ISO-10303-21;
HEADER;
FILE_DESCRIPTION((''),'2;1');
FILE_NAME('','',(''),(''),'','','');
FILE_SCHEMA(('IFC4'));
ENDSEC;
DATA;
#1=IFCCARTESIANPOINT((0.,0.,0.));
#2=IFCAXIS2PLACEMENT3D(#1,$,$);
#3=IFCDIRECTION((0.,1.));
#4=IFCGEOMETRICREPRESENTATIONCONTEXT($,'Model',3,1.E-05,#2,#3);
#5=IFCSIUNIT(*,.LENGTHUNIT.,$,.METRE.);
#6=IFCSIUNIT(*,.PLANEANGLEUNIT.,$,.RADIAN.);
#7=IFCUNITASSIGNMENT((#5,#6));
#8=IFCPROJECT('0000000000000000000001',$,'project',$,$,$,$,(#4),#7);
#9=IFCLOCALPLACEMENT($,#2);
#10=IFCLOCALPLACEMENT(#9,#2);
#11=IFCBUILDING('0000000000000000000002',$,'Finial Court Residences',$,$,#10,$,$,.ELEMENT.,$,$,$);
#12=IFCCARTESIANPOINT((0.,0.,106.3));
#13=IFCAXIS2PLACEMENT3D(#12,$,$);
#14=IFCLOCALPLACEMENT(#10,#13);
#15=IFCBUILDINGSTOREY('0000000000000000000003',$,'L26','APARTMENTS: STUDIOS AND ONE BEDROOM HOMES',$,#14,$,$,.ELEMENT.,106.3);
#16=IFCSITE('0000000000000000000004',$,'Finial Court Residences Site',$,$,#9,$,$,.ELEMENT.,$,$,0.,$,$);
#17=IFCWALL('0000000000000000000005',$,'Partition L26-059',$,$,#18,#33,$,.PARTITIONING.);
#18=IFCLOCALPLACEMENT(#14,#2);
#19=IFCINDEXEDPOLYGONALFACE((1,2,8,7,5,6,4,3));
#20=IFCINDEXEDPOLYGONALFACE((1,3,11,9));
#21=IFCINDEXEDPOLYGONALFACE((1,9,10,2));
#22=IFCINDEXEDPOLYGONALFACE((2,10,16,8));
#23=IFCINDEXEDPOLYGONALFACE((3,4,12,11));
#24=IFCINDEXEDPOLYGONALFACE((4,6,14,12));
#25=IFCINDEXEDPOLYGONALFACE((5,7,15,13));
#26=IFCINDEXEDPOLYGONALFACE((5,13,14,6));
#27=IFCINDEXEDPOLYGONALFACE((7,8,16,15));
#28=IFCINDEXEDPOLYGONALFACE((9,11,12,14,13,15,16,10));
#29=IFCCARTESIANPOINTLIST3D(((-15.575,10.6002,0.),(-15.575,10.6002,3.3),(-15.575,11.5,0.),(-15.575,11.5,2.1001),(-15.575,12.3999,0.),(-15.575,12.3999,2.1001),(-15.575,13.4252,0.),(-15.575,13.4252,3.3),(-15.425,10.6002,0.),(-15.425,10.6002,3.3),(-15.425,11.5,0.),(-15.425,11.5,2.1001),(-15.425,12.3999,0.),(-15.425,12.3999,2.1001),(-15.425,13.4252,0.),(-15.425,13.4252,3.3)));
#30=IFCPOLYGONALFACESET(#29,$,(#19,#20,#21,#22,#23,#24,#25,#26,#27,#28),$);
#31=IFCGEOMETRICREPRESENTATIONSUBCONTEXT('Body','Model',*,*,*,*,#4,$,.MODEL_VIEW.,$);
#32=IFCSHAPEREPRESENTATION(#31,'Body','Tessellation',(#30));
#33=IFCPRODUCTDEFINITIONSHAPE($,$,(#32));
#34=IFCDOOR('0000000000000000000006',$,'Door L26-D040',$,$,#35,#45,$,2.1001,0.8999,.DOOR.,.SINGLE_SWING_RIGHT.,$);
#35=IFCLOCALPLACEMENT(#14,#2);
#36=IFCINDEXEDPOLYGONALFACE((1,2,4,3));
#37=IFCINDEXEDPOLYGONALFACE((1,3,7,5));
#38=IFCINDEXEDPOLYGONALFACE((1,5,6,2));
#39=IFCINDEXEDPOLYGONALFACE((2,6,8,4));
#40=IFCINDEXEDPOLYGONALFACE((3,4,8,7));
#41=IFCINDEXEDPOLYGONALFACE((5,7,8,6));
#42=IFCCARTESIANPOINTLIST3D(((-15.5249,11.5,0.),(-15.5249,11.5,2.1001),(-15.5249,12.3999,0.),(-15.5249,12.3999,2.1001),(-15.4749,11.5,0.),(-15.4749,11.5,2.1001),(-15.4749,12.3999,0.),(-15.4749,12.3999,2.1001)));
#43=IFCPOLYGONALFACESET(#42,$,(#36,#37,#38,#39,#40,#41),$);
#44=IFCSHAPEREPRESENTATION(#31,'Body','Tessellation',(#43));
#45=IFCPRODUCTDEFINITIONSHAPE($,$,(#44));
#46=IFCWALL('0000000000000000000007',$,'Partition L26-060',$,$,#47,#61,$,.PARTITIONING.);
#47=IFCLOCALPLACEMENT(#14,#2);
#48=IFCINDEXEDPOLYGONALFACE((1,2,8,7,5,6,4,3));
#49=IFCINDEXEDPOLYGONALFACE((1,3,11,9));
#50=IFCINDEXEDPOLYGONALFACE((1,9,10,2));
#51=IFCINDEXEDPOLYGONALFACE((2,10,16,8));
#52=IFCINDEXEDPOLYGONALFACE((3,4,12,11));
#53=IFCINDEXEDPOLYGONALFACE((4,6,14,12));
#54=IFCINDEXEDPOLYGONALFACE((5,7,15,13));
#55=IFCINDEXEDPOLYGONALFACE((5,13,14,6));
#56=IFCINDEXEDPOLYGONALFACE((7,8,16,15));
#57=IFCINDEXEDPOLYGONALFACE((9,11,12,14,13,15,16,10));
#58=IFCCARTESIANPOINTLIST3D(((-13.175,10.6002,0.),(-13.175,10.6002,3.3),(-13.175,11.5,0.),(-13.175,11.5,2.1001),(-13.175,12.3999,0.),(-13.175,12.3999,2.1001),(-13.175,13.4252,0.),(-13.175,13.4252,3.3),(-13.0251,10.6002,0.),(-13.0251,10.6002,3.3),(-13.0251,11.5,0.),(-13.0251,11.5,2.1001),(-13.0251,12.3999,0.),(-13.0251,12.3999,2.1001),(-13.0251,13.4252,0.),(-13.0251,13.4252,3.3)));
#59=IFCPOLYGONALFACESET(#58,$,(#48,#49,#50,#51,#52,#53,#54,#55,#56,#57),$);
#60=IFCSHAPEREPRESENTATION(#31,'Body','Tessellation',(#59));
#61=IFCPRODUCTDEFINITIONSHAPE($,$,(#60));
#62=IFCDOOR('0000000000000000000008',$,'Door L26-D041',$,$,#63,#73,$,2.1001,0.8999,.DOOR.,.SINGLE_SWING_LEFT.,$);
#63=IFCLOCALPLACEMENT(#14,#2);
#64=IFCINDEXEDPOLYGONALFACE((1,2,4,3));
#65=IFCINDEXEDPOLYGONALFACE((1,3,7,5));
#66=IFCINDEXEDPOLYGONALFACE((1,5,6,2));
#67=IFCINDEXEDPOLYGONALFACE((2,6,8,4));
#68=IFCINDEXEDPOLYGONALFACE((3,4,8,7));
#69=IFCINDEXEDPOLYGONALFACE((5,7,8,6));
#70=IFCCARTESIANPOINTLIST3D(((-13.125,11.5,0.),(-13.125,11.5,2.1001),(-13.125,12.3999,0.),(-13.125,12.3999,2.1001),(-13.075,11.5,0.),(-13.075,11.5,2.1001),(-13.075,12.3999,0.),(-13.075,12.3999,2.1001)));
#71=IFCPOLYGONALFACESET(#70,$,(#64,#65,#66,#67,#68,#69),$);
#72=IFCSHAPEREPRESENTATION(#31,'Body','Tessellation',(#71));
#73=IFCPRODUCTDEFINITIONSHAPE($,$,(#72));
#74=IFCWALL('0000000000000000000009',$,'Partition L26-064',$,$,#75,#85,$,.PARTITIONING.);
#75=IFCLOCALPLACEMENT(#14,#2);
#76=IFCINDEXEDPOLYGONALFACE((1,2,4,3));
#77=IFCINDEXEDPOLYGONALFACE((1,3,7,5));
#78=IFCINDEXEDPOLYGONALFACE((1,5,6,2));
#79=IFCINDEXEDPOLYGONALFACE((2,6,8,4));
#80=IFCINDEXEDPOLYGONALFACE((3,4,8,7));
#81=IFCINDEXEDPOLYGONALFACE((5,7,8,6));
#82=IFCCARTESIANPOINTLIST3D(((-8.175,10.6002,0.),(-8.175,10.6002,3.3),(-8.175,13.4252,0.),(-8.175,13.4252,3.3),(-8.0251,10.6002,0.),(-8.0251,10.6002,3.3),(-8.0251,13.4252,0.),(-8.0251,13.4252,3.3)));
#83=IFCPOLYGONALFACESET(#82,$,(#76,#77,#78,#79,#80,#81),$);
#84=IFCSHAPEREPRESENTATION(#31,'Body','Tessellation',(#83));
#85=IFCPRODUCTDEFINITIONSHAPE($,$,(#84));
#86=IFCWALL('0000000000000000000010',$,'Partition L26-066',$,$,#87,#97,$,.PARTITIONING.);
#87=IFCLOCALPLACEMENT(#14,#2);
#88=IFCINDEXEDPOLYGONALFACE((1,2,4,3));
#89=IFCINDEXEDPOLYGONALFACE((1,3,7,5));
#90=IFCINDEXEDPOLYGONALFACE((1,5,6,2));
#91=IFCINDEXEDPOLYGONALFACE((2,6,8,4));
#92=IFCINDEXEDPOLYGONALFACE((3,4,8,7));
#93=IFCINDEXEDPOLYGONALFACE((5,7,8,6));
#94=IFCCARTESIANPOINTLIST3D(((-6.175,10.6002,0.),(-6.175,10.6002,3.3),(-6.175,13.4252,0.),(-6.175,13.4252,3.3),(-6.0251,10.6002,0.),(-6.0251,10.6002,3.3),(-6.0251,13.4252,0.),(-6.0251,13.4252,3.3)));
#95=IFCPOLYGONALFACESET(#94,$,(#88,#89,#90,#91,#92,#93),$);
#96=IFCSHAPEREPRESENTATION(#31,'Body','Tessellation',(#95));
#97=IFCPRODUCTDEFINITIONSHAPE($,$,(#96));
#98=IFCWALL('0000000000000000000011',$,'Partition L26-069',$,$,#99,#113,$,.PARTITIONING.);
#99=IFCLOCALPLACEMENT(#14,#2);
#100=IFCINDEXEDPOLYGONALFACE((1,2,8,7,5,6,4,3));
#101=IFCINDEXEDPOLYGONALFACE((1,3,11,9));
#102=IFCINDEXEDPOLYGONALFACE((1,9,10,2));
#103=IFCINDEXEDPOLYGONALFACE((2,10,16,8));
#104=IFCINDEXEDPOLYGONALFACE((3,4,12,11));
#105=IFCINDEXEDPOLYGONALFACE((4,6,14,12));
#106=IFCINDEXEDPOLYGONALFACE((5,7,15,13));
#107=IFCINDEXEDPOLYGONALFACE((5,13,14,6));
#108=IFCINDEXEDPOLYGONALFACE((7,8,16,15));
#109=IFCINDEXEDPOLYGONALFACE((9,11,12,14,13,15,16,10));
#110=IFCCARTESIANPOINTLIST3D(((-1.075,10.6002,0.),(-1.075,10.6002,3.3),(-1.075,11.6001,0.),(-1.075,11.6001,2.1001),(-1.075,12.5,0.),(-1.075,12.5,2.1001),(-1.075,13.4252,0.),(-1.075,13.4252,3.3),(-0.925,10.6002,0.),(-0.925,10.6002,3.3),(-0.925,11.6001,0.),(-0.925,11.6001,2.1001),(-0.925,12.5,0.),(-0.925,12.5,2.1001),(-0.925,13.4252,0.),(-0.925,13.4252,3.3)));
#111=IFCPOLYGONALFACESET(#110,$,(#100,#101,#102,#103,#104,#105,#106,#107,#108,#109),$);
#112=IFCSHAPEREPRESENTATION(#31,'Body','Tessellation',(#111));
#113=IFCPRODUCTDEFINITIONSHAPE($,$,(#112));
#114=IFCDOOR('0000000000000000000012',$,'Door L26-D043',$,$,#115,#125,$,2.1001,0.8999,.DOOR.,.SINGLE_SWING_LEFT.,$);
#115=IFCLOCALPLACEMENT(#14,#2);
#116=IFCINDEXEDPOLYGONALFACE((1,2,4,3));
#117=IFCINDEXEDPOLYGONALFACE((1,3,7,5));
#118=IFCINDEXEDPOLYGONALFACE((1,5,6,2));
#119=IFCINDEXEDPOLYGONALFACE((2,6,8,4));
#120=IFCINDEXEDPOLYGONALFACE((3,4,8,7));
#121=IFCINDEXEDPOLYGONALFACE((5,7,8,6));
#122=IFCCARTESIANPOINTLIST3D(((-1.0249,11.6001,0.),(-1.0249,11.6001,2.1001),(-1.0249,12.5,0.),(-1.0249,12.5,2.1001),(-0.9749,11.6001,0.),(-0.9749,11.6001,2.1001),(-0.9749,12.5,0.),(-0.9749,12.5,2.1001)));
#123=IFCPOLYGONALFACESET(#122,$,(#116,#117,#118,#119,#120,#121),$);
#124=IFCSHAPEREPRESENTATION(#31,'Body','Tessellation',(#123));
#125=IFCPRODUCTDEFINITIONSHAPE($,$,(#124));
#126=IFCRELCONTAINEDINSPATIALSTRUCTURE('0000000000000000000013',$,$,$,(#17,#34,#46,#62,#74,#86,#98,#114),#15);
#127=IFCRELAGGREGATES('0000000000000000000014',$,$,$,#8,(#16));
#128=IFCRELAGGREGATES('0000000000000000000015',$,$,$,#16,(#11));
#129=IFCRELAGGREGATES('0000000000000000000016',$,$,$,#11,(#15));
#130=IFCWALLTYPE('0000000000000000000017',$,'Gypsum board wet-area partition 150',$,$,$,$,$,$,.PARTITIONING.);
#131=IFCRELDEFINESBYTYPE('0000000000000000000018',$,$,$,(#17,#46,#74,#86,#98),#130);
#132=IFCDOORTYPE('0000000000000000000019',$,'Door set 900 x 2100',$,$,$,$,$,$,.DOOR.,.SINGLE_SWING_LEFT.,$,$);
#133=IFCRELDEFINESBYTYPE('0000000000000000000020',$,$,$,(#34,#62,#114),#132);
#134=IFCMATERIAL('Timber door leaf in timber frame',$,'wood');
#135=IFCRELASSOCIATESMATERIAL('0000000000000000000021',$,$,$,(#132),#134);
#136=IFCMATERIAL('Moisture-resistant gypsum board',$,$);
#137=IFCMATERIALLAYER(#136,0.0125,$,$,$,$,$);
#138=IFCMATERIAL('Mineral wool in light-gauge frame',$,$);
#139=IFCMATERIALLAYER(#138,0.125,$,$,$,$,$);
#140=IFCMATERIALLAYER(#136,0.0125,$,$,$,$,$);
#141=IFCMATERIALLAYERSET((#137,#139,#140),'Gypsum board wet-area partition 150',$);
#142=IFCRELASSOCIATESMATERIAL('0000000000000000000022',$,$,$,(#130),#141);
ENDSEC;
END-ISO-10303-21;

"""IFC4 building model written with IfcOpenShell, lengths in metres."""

from ifc_helpers import new_model, si_unit, direction, frame, frame_2d, origin, place, context, subcontext, project, spatial, rectangle, extrude, material, layer, layer_set, type_object, element, fill, save


model = new_model("IFC4")

# Units and contexts
model_context = context("Model", 3, precision=1e-05, world=origin(), true_north=direction((0.0, 1.0)))
body_context = subcontext(model_context, "Body", "Model", "MODEL_VIEW")
ifc_project = project(units=[si_unit("LENGTHUNIT", "METRE"), si_unit("PLANEANGLEUNIT", "RADIAN")], contexts=[model_context])

# Site, building, storey
site_placement = place(None, origin())
site = spatial("IfcSite", under=ifc_project, at=site_placement, Name="Finial Court Residences Site", CompositionType="ELEMENT", RefElevation=0.0)
building_placement = place(site_placement, origin())
building = spatial("IfcBuilding", under=site, at=building_placement, Name="Finial Court Residences", CompositionType="ELEMENT")
storey_placement = place(building_placement, frame((0.0, 0.0, 106.3)))
storey = spatial("IfcBuildingStorey", under=building, at=storey_placement, Name="L26", Description="APARTMENTS: STUDIOS AND ONE BEDROOM HOMES", CompositionType="ELEMENT", Elevation=106.3)

# Shared definitions
ifc_material_1 = material(Name="Mineral wool in light-gauge frame")

# Shared definitions
ifc_material_2 = material(Name="Timber door leaf in timber frame", Category="wood")
door_type_1 = type_object("IfcDoorType", Name="Door set 900 x 2100", OperationType="SINGLE_SWING_LEFT", PredefinedType="DOOR", material=ifc_material_2)
ifc_material_3 = material(Name="Moisture-resistant gypsum board")
ifc_layer_1 = layer(ifc_material_3, 0.0125)
ifc_layer_2 = layer(ifc_material_1, 0.125)
ifc_layer_3 = layer(ifc_material_3, 0.0125)
ifc_layer_set_1 = layer_set([ifc_layer_1, ifc_layer_2, ifc_layer_3], Name="Gypsum board wet-area partition 150")
wall_type_1 = type_object("IfcWallType", Name="Gypsum board wet-area partition 150", PredefinedType="PARTITIONING", material=ifc_layer_set_1)

# Walls, openings, doors
wall_1_placement = place(storey_placement, frame((-15.5, 10.6001, 0.0), z_axis=(0.0, 0.0, 1.0), x_axis=(0.0, 1.0, 0.0)))
wall_1 = element("IfcWall", 1, at=wall_1_placement, inside=storey, type_object=wall_type_1, Name="Partition L26-059", PredefinedType="PARTITIONING", context=body_context, shape_type="SweptSolid", body=[
    extrude(rectangle(XDim=2.825, YDim=0.1499, at=frame_2d((1.4126, 0.0))), origin(), (0.0, 0.0, 1.0), 3.3),
])
opening_1_placement = place(wall_1_placement, frame((0.8999, 0.0, 0.0)))
opening_1 = element("IfcOpeningElement", 2, at=opening_1_placement, cuts=wall_1, PredefinedType="OPENING", context=body_context, shape_type="SweptSolid", body=[
    extrude(rectangle(XDim=0.8999, YDim=2.1001, at=frame_2d((0.45, 1.05))), frame((0.0, 0.085, 0.0), z_axis=(0.0, -1.0, 0.0), x_axis=(1.0, 0.0, 0.0)), (0.0, 0.0, 1.0), 0.1699),
])
door_1_placement = place(opening_1_placement, origin())
door_1 = element("IfcDoor", 3, at=door_1_placement, inside=storey, type_object=door_type_1, Name="Door L26-D040", OperationType="SINGLE_SWING_RIGHT", OverallHeight=2.1001, OverallWidth=0.8999, PredefinedType="DOOR", context=body_context, shape_type="SweptSolid", body=[
    extrude(rectangle(XDim=0.8999, YDim=2.1001, at=frame_2d((0.45, 1.05))), frame((0.0, 0.0249, 0.0), z_axis=(0.0, -1.0, 0.0), x_axis=(1.0, 0.0, 0.0)), (0.0, 0.0, 1.0), 0.05),
])
fill(opening_1, door_1)
wall_2_placement = place(storey_placement, frame((-13.1001, 10.6001, 0.0), z_axis=(0.0, 0.0, 1.0), x_axis=(0.0, 1.0, 0.0)))
wall_2 = element("IfcWall", 4, at=wall_2_placement, inside=storey, type_object=wall_type_1, Name="Partition L26-060", PredefinedType="PARTITIONING", context=body_context, shape_type="SweptSolid", body=[
    extrude(rectangle(XDim=2.825, YDim=0.1499, at=frame_2d((1.4126, 0.0))), origin(), (0.0, 0.0, 1.0), 3.3),
])
opening_2_placement = place(wall_2_placement, frame((0.8999, 0.0, 0.0)))
opening_2 = element("IfcOpeningElement", 5, at=opening_2_placement, cuts=wall_2, PredefinedType="OPENING", context=body_context, shape_type="SweptSolid", body=[
    extrude(rectangle(XDim=0.8999, YDim=2.1001, at=frame_2d((0.45, 1.05))), frame((0.0, 0.085, 0.0), z_axis=(0.0, -1.0, 0.0), x_axis=(1.0, 0.0, 0.0)), (0.0, 0.0, 1.0), 0.1699),
])
door_2_placement = place(opening_2_placement, origin())
door_2 = element("IfcDoor", 6, at=door_2_placement, inside=storey, type_object=door_type_1, Name="Door L26-D041", OperationType="SINGLE_SWING_LEFT", OverallHeight=2.1001, OverallWidth=0.8999, PredefinedType="DOOR", context=body_context, shape_type="SweptSolid", body=[
    extrude(rectangle(XDim=0.8999, YDim=2.1001, at=frame_2d((0.45, 1.05))), frame((0.0, 0.0249, 0.0), z_axis=(0.0, -1.0, 0.0), x_axis=(1.0, 0.0, 0.0)), (0.0, 0.0, 1.0), 0.05),
])
fill(opening_2, door_2)

# Walls
for number, where, z_axis, x_axis, name in (
    (7, (-8.1001, 10.6001, 0.0), (0.0, 0.0, 1.0), (0.0, 1.0, 0.0), "Partition L26-064"),
    (8, (-6.1001, 10.6001, 0.0), (0.0, 0.0, 1.0), (0.0, 1.0, 0.0), "Partition L26-066"),
):
    element("IfcWall", number, at=place(storey_placement, frame(where, z_axis=z_axis, x_axis=x_axis)), inside=storey, type_object=wall_type_1, Name=name, PredefinedType="PARTITIONING", context=body_context, shape_type="SweptSolid", body=[
        extrude(rectangle(XDim=2.825, YDim=0.1499, at=frame_2d((1.4126, 0.0))), origin(), (0.0, 0.0, 1.0), 3.3),
    ])

# Wall, opening, door
wall_3_placement = place(storey_placement, frame((-1.0, 10.6001, 0.0), z_axis=(0.0, 0.0, 1.0), x_axis=(0.0, 1.0, 0.0)))
wall_3 = element("IfcWall", 9, at=wall_3_placement, inside=storey, type_object=wall_type_1, Name="Partition L26-069", PredefinedType="PARTITIONING", context=body_context, shape_type="SweptSolid", body=[
    extrude(rectangle(XDim=2.825, YDim=0.1499, at=frame_2d((1.4126, 0.0))), origin(), (0.0, 0.0, 1.0), 3.3),
])
opening_3_placement = place(wall_3_placement, frame((1.0, 0.0, 0.0)))
opening_3 = element("IfcOpeningElement", 10, at=opening_3_placement, cuts=wall_3, PredefinedType="OPENING", context=body_context, shape_type="SweptSolid", body=[
    extrude(rectangle(XDim=0.8999, YDim=2.1001, at=frame_2d((0.45, 1.05))), frame((0.0, 0.085, 0.0), z_axis=(0.0, -1.0, 0.0), x_axis=(1.0, 0.0, 0.0)), (0.0, 0.0, 1.0), 0.1699),
])
door_3_placement = place(opening_3_placement, origin())
door_3 = element("IfcDoor", 11, at=door_3_placement, inside=storey, type_object=door_type_1, Name="Door L26-D043", OperationType="SINGLE_SWING_LEFT", OverallHeight=2.1001, OverallWidth=0.8999, PredefinedType="DOOR", context=body_context, shape_type="SweptSolid", body=[
    extrude(rectangle(XDim=0.8999, YDim=2.1001, at=frame_2d((0.45, 1.05))), frame((0.0, 0.0249, 0.0), z_axis=(0.0, -1.0, 0.0), x_axis=(1.0, 0.0, 0.0)), (0.0, 0.0, 1.0), 0.05),
])
fill(opening_3, door_3)

save(model, "model.ifc")
